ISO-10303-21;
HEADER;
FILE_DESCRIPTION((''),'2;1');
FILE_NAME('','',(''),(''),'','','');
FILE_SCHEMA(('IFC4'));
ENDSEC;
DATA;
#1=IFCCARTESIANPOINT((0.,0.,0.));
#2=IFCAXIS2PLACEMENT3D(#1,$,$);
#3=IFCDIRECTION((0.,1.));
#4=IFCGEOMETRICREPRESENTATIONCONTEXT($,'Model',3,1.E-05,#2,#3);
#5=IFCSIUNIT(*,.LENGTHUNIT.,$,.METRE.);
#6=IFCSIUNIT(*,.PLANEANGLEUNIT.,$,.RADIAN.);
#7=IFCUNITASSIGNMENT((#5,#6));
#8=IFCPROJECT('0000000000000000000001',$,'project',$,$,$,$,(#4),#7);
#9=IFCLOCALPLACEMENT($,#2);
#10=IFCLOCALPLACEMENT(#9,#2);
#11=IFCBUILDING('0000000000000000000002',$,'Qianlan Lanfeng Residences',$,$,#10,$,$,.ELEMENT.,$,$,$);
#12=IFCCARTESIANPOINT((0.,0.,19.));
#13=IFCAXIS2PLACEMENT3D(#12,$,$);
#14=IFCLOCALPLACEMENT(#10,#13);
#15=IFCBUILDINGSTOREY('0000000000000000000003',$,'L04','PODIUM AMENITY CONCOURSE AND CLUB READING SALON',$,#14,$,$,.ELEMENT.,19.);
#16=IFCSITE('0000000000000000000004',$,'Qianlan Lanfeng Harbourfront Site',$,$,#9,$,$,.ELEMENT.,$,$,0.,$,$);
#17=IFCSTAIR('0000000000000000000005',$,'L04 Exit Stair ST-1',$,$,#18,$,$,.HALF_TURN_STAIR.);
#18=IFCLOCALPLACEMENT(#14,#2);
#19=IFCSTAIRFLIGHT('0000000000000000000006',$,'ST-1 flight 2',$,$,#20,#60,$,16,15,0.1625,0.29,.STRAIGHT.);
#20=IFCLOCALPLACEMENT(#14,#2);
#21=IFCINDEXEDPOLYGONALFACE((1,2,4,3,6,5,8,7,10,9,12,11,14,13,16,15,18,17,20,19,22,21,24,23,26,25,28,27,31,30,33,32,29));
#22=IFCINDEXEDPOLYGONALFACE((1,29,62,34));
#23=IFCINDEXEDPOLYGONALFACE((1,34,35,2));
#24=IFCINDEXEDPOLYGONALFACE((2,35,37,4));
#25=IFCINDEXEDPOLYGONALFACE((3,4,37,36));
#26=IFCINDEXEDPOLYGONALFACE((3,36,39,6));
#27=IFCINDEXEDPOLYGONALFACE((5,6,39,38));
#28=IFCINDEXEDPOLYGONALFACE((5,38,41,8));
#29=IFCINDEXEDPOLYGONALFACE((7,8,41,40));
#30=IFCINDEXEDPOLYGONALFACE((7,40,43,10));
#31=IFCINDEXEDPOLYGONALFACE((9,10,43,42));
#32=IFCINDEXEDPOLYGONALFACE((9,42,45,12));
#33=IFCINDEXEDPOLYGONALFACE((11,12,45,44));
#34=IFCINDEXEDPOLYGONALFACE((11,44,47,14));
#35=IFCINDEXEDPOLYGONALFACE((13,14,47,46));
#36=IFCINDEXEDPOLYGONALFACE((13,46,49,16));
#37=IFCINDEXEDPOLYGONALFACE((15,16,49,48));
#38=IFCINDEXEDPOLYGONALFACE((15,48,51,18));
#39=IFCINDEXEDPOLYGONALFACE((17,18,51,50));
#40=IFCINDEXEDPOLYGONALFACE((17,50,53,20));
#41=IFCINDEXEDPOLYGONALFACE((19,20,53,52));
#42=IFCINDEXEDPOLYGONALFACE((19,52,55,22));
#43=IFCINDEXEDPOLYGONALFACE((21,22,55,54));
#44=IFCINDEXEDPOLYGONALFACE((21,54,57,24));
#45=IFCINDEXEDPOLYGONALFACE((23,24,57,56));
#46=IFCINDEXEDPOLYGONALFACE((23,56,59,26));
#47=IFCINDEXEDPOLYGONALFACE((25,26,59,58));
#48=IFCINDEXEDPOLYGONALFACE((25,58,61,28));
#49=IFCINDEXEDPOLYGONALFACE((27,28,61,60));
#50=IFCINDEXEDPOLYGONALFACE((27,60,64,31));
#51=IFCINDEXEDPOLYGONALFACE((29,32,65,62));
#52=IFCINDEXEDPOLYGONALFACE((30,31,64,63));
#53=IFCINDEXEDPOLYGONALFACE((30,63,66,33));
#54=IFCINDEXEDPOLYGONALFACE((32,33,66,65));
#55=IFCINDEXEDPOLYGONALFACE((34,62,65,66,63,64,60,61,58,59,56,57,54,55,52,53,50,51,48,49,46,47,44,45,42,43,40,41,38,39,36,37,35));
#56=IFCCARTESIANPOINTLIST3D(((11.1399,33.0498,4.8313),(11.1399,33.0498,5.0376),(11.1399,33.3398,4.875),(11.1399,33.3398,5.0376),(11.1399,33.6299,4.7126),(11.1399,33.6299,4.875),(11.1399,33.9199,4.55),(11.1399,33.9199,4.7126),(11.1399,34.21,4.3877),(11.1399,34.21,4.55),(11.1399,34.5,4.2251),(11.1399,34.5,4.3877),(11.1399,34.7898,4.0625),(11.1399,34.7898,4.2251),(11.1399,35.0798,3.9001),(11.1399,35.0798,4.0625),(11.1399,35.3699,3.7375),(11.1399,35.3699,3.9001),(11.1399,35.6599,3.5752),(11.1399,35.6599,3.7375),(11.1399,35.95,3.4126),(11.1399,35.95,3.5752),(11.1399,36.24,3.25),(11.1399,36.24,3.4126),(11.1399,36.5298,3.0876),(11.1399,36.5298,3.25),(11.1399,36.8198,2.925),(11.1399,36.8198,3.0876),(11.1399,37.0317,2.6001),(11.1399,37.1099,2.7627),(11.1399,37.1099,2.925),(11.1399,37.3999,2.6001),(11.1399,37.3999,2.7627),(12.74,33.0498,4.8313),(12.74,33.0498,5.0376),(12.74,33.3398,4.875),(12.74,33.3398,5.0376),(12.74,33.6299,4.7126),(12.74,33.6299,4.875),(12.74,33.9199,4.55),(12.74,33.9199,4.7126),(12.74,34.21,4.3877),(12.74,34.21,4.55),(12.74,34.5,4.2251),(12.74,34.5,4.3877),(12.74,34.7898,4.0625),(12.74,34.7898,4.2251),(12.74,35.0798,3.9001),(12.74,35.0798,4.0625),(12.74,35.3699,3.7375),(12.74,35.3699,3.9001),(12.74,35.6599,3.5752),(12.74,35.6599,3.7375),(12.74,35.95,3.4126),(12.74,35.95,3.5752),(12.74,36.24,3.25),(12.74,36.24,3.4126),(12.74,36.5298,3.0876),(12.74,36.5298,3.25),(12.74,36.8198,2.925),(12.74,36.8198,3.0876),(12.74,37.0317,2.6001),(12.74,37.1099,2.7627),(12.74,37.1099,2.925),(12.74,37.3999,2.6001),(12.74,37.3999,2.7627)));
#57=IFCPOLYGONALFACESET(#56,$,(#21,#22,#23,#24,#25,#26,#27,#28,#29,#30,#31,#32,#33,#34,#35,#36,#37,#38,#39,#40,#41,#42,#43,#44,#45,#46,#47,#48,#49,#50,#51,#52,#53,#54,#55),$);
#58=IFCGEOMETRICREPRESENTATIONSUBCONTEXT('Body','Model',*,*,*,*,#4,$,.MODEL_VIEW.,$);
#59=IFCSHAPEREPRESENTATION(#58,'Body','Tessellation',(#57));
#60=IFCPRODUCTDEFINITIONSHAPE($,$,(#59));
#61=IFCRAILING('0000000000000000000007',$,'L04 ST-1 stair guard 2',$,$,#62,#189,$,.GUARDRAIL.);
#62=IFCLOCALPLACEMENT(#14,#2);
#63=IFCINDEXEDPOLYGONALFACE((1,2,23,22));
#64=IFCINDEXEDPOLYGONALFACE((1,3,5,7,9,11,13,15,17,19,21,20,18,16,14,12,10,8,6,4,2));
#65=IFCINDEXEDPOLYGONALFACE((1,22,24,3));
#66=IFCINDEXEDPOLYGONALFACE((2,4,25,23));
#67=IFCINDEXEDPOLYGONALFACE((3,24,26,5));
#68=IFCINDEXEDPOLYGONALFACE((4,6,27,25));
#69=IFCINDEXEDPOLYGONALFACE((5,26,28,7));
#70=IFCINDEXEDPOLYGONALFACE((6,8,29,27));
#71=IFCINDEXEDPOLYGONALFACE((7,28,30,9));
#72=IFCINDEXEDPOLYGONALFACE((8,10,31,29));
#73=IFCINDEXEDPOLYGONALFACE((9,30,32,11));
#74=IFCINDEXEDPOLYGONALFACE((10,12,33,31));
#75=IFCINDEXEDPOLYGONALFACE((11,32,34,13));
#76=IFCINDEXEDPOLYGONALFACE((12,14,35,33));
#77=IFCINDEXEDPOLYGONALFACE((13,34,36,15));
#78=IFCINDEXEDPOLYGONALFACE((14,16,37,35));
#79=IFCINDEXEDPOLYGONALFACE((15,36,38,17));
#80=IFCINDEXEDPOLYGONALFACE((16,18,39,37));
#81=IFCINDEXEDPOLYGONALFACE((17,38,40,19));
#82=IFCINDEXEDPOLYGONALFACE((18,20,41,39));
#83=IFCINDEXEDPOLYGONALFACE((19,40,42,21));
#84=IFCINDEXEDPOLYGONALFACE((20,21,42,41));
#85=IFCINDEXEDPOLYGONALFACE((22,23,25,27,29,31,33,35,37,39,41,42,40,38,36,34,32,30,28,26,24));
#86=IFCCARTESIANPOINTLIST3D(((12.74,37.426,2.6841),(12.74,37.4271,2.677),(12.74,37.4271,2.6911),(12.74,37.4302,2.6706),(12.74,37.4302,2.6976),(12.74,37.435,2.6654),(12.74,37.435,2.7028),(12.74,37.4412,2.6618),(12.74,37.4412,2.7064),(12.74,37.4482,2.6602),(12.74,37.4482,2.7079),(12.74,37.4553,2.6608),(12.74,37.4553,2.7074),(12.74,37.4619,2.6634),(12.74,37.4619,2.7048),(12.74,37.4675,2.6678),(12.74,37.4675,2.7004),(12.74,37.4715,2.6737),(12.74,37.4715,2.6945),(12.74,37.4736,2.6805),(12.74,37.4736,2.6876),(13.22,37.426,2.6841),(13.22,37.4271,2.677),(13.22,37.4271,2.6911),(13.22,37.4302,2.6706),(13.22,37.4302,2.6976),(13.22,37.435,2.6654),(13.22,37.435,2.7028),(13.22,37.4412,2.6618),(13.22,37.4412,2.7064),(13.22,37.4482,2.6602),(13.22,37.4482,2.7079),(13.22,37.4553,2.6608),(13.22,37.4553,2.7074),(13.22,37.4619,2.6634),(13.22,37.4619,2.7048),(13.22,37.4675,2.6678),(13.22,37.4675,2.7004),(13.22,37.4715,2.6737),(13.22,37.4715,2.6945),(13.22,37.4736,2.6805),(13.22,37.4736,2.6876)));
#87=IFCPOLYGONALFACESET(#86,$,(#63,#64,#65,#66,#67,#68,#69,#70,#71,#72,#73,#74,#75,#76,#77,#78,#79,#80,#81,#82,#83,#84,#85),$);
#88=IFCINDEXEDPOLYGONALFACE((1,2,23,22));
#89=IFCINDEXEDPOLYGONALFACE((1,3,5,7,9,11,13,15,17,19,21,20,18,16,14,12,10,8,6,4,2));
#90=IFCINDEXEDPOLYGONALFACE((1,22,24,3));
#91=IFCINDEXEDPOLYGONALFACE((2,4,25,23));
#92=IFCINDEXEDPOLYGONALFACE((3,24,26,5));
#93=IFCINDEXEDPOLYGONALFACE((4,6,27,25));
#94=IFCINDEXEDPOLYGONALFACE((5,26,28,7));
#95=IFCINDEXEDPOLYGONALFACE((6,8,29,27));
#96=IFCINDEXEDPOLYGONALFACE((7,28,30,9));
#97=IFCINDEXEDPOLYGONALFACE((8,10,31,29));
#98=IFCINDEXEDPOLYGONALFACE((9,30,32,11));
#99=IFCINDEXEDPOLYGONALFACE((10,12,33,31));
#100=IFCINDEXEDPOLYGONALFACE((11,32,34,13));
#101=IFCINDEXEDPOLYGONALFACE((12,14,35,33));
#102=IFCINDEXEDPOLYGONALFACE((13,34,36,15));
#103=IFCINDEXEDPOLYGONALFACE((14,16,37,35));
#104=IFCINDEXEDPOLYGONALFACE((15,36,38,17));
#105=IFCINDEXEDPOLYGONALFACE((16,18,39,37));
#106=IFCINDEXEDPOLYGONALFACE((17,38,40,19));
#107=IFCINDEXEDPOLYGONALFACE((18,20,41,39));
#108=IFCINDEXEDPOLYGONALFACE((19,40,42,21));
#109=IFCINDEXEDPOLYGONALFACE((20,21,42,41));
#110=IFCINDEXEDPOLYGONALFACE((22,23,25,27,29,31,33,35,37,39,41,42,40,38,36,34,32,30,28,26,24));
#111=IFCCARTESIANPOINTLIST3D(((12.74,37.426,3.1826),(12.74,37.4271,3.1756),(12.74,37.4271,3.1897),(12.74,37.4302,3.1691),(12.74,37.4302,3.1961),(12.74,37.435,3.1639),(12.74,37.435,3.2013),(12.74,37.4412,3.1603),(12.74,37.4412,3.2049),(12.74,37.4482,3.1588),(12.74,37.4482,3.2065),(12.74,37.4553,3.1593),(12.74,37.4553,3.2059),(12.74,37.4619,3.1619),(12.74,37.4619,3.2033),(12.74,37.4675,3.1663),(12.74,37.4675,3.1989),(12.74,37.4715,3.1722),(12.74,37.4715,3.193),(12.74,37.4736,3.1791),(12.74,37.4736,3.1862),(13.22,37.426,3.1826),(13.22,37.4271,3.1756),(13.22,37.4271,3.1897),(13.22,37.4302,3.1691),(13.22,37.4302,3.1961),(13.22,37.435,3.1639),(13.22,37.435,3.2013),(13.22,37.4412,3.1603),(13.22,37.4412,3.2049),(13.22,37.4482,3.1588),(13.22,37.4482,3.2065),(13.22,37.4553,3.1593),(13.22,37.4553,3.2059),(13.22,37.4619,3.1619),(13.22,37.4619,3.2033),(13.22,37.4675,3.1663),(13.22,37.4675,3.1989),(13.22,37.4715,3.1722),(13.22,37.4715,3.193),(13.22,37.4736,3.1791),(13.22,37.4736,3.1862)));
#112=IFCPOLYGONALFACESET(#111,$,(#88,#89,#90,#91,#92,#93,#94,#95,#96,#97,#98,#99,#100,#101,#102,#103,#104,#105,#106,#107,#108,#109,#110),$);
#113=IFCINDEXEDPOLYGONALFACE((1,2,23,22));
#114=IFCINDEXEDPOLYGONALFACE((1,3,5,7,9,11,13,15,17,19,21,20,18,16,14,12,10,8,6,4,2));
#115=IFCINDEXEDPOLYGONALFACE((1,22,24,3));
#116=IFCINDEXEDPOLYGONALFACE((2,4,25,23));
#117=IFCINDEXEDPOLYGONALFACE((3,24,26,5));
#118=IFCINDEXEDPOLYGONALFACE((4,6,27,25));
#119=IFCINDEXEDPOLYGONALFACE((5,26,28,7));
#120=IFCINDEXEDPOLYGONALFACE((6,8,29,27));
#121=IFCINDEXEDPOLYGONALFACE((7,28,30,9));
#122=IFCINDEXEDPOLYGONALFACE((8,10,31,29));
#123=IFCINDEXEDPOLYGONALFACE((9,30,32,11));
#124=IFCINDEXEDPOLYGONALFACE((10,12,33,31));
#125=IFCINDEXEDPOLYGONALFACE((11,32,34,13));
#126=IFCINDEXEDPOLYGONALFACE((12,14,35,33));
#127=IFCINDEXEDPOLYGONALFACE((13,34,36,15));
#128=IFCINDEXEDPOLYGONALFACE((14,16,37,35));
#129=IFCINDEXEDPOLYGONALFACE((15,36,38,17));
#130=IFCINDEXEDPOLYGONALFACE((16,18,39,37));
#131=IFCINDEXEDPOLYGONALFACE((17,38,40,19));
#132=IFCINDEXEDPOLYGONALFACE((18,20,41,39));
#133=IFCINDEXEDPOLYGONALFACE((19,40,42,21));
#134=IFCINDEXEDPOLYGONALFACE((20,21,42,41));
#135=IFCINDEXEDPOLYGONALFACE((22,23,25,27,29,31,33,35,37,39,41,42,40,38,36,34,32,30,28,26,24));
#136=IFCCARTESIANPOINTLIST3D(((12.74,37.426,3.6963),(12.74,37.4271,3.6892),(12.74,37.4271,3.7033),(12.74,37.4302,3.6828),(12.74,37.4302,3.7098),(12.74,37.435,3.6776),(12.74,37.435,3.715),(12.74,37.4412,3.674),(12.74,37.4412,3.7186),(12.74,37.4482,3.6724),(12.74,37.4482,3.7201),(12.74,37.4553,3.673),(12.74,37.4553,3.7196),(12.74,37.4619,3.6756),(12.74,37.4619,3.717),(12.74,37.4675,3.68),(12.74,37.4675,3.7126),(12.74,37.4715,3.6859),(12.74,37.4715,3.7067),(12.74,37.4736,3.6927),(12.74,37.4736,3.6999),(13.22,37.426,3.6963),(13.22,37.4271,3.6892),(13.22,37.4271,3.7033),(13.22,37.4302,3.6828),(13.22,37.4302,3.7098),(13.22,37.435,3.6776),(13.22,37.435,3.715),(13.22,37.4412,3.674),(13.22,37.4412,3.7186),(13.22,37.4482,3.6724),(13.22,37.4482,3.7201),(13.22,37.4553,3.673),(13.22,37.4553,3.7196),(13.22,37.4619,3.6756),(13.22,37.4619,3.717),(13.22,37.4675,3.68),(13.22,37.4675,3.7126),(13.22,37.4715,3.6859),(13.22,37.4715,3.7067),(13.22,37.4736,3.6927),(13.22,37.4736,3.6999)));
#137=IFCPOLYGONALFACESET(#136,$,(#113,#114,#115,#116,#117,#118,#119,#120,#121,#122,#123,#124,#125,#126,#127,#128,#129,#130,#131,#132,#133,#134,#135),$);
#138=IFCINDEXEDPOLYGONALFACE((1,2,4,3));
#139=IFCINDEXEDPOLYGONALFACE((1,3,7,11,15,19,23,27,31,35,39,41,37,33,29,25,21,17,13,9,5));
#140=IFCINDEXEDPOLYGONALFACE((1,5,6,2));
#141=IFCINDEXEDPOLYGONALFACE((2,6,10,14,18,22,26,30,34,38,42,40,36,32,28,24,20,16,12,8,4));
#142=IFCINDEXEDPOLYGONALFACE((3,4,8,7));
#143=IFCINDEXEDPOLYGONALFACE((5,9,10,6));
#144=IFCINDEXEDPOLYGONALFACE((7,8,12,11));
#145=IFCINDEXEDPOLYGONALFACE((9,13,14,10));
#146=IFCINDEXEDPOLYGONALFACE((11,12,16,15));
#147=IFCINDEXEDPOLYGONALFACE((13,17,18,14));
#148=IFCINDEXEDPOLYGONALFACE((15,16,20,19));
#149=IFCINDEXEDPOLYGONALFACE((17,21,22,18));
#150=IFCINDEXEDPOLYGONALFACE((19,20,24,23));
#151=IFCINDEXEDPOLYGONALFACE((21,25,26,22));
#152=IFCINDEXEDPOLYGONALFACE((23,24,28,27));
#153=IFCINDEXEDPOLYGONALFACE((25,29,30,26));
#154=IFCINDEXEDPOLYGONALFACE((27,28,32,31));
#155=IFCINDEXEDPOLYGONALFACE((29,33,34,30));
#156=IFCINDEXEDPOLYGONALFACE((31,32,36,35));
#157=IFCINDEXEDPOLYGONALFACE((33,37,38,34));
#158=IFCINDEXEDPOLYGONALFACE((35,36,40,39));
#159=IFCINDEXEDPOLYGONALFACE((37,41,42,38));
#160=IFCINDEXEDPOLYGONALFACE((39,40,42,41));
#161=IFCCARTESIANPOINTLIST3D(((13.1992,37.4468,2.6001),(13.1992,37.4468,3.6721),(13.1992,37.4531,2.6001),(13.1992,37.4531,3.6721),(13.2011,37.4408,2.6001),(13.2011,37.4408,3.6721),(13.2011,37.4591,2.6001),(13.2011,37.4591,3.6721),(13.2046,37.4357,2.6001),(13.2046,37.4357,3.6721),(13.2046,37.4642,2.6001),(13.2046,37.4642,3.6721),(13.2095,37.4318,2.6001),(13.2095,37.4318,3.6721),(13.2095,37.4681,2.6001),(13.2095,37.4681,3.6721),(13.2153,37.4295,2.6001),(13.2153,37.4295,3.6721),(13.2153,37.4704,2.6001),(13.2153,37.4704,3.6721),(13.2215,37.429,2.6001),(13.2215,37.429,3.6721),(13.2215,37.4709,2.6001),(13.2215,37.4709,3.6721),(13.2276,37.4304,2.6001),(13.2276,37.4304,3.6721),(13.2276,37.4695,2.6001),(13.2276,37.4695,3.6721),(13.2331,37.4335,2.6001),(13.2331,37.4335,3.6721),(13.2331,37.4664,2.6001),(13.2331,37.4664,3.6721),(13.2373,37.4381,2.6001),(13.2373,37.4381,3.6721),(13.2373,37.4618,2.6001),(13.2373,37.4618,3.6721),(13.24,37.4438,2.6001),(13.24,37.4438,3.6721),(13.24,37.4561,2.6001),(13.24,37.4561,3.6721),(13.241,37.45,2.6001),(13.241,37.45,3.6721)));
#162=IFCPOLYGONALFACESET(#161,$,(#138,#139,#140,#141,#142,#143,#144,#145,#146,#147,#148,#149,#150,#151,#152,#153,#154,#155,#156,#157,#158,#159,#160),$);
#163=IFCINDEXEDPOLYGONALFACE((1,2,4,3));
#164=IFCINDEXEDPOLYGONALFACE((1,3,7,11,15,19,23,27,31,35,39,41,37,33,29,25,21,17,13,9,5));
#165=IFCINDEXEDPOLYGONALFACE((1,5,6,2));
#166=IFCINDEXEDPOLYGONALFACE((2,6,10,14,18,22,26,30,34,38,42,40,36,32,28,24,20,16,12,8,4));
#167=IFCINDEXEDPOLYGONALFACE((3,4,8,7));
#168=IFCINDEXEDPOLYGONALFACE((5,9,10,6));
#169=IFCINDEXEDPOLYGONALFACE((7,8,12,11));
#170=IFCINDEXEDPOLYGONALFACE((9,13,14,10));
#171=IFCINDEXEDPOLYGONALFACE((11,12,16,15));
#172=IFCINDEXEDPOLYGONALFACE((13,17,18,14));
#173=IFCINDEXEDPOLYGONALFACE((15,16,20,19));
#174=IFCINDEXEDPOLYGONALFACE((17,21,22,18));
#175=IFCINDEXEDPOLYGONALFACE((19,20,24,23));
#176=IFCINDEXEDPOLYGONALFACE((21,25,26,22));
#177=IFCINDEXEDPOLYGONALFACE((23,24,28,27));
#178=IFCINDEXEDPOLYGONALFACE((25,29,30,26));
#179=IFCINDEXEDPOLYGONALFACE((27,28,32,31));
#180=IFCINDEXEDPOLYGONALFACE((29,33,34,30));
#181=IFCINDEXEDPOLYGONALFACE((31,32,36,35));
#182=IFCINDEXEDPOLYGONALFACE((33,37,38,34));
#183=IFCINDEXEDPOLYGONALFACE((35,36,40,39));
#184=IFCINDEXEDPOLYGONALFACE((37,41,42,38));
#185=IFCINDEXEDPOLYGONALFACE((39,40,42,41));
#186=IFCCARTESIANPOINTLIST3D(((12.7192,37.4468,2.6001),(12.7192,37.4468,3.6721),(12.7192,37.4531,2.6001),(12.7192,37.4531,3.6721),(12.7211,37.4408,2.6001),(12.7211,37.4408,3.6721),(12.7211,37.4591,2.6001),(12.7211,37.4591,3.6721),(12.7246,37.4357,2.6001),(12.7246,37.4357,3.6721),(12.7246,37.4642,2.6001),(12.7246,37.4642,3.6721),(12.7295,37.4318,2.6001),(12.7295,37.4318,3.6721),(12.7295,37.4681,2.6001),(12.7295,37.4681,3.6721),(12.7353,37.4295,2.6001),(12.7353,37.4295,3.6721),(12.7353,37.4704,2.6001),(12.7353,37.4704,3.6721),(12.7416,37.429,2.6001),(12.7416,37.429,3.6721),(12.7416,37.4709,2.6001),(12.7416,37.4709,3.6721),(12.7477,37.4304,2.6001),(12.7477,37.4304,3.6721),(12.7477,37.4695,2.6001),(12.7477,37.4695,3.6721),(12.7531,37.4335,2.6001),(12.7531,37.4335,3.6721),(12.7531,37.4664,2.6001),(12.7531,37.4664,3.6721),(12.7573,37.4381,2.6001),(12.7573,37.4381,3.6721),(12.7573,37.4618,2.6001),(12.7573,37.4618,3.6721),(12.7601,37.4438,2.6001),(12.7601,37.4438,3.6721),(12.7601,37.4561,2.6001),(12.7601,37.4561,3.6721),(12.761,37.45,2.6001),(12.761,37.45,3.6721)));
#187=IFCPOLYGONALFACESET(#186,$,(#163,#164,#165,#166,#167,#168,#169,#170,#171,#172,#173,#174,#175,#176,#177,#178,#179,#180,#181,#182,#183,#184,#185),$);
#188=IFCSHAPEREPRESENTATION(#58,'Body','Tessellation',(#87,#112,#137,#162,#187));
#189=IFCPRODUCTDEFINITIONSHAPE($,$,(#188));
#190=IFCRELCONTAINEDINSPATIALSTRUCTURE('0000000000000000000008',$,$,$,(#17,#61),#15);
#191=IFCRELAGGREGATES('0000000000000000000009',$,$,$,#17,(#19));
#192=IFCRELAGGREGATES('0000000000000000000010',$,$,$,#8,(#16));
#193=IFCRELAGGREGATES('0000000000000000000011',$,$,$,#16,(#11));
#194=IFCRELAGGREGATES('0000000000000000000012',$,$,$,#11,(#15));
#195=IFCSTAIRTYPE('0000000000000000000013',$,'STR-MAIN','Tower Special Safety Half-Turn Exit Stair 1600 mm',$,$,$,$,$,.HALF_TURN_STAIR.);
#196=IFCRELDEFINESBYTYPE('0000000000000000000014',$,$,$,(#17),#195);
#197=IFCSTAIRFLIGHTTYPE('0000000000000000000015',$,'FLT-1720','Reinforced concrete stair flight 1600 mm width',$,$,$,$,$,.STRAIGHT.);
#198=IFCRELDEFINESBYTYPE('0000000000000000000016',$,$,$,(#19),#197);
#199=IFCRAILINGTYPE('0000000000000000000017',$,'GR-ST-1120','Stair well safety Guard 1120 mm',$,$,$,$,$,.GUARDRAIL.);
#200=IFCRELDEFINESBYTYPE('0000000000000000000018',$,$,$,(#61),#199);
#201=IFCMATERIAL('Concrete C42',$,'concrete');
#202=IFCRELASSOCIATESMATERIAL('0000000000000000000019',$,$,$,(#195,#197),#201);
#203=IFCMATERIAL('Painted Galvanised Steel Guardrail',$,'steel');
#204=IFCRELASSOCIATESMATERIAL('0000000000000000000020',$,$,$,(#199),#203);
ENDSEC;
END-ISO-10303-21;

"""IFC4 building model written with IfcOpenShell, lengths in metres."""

from ifc_helpers import new_model, si_unit, direction, frame, origin, origin_2d, place, context, subcontext, project, spatial, polyline, circle, outline, extrude, material, type_object, element, aggregate, save


model = new_model("IFC4")

# Units and contexts
model_context = context("Model", 3, precision=1e-05, world=origin(), true_north=direction((0.0, 1.0)))
body_context = subcontext(model_context, "Body", "Model", "MODEL_VIEW")
ifc_project = project(units=[si_unit("LENGTHUNIT", "METRE"), si_unit("PLANEANGLEUNIT", "RADIAN")], contexts=[model_context])

# Site, building, storey
site_placement = place(None, origin())
site = spatial("IfcSite", under=ifc_project, at=site_placement, Name="Qianlan Lanfeng Harbourfront Site", CompositionType="ELEMENT", RefElevation=0.0)
building_placement = place(site_placement, origin())
building = spatial("IfcBuilding", under=site, at=building_placement, Name="Qianlan Lanfeng Residences", CompositionType="ELEMENT")
storey_placement = place(building_placement, frame((0.0, 0.0, 19.0)))
storey = spatial("IfcBuildingStorey", under=building, at=storey_placement, Name="L04", Description="PODIUM AMENITY CONCOURSE AND CLUB READING SALON", CompositionType="ELEMENT", Elevation=19.0)

# Stair, stair flight
ifc_material_1 = material(Name="Concrete C42", Category="concrete")
stair_type = type_object("IfcStairType", Name="STR-MAIN", Description="Tower Special Safety Half-Turn Exit Stair 1600 mm", PredefinedType="HALF_TURN_STAIR", material=ifc_material_1)
stair_placement = place(storey_placement, origin())
stair = element("IfcStair", 1, at=stair_placement, inside=storey, type_object=stair_type, Name="L04 Exit Stair ST-1", PredefinedType="HALF_TURN_STAIR")
stair_flight_type = type_object("IfcStairFlightType", Name="FLT-1720", Description="Reinforced concrete stair flight 1600 mm width", PredefinedType="STRAIGHT", material=ifc_material_1)
stair_flight_1_placement = place(storey_placement, frame((11.9399, 37.3999, 2.6001), z_axis=(0.0, 0.0, 1.0), x_axis=(0.0, -1.0, 0.0)))
stair_flight_1 = element("IfcStairFlight", 2, at=stair_flight_1_placement, type_object=stair_flight_type, Name="ST-1 flight 2", NumberOfRisers=16, NumberOfTreads=15, PredefinedType="STRAIGHT", RiserHeight=0.1625, TreadLength=0.29, context=body_context, shape_type="SweptSolid", body=[
    extrude(outline(polyline([(0.0, 0.0), (0.0, 0.1626), (0.29, 0.1626), (0.29, 0.325), (0.5801, 0.325), (0.5801, 0.4875), (0.8701, 0.4875), (0.8701, 0.6499), (1.1599, 0.6499), (1.1599, 0.8125), (1.45, 0.8125), (1.45, 0.9751), (1.74, 0.9751), (1.74, 1.1375), (2.03, 1.1375), (2.03, 1.3), (2.3201, 1.3), (2.3201, 1.4624), (2.6101, 1.4624), (2.6101, 1.625), (2.8999, 1.625), (2.8999, 1.7876), (3.1899, 1.7876), (3.1899, 1.95), (3.48, 1.95), (3.48, 2.1125), (3.77, 2.1125), (3.77, 2.2749), (4.0601, 2.2749), (4.0601, 2.4375), (4.3501, 2.4375), (4.3501, 2.6001), (4.3501, 2.2312), (0.3682, 0.0), (0.0, 0.0)])), frame((0.0, 0.8, 0.0), z_axis=(0.0, -1.0, 0.0), x_axis=(1.0, 0.0, 0.0)), (0.0, 0.0, 1.0), 1.6001),
])
aggregate(stair, [stair_flight_1])

# Railing
ifc_material_2 = material(Name="Painted Galvanised Steel Guardrail", Category="steel")
railing_type_1 = type_object("IfcRailingType", Name="GR-ST-1120", Description="Stair well safety Guard 1120 mm", PredefinedType="GUARDRAIL", material=ifc_material_2)
railing_1_placement = place(storey_placement, frame((13.22, 37.45, 2.6001)))
element("IfcRailing", 3, at=railing_1_placement, inside=storey, type_object=railing_type_1, Name="L04 ST-1 stair guard 2", PredefinedType="GUARDRAIL", context=body_context, shape_type="SweptSolid", body=[
    extrude(circle(Radius=0.0239, at=origin_2d()), frame((0.0, 0.0, 0.084), z_axis=(-1.0, 0.0, 0.0), x_axis=(0.0, -1.0, 0.0)), (0.0, 0.0, 1.0), 0.48),
    extrude(circle(Radius=0.0239, at=origin_2d()), frame((0.0, 0.0, 0.5825), z_axis=(-1.0, 0.0, 0.0), x_axis=(0.0, -1.0, 0.0)), (0.0, 0.0, 1.0), 0.48),
    extrude(circle(Radius=0.0239, at=origin_2d()), frame((0.0, 0.0, 1.0962), z_axis=(-1.0, 0.0, 0.0), x_axis=(0.0, -1.0, 0.0)), (0.0, 0.0, 1.0), 0.48),
    extrude(circle(Radius=0.021, at=origin_2d()), origin(), (0.0, 0.0, 1.0), 1.072),
    extrude(circle(Radius=0.021, at=origin_2d()), frame((-0.48, 0.0, 0.0)), (0.0, 0.0, 1.0), 1.072),
])

save(model, "model.ifc")
